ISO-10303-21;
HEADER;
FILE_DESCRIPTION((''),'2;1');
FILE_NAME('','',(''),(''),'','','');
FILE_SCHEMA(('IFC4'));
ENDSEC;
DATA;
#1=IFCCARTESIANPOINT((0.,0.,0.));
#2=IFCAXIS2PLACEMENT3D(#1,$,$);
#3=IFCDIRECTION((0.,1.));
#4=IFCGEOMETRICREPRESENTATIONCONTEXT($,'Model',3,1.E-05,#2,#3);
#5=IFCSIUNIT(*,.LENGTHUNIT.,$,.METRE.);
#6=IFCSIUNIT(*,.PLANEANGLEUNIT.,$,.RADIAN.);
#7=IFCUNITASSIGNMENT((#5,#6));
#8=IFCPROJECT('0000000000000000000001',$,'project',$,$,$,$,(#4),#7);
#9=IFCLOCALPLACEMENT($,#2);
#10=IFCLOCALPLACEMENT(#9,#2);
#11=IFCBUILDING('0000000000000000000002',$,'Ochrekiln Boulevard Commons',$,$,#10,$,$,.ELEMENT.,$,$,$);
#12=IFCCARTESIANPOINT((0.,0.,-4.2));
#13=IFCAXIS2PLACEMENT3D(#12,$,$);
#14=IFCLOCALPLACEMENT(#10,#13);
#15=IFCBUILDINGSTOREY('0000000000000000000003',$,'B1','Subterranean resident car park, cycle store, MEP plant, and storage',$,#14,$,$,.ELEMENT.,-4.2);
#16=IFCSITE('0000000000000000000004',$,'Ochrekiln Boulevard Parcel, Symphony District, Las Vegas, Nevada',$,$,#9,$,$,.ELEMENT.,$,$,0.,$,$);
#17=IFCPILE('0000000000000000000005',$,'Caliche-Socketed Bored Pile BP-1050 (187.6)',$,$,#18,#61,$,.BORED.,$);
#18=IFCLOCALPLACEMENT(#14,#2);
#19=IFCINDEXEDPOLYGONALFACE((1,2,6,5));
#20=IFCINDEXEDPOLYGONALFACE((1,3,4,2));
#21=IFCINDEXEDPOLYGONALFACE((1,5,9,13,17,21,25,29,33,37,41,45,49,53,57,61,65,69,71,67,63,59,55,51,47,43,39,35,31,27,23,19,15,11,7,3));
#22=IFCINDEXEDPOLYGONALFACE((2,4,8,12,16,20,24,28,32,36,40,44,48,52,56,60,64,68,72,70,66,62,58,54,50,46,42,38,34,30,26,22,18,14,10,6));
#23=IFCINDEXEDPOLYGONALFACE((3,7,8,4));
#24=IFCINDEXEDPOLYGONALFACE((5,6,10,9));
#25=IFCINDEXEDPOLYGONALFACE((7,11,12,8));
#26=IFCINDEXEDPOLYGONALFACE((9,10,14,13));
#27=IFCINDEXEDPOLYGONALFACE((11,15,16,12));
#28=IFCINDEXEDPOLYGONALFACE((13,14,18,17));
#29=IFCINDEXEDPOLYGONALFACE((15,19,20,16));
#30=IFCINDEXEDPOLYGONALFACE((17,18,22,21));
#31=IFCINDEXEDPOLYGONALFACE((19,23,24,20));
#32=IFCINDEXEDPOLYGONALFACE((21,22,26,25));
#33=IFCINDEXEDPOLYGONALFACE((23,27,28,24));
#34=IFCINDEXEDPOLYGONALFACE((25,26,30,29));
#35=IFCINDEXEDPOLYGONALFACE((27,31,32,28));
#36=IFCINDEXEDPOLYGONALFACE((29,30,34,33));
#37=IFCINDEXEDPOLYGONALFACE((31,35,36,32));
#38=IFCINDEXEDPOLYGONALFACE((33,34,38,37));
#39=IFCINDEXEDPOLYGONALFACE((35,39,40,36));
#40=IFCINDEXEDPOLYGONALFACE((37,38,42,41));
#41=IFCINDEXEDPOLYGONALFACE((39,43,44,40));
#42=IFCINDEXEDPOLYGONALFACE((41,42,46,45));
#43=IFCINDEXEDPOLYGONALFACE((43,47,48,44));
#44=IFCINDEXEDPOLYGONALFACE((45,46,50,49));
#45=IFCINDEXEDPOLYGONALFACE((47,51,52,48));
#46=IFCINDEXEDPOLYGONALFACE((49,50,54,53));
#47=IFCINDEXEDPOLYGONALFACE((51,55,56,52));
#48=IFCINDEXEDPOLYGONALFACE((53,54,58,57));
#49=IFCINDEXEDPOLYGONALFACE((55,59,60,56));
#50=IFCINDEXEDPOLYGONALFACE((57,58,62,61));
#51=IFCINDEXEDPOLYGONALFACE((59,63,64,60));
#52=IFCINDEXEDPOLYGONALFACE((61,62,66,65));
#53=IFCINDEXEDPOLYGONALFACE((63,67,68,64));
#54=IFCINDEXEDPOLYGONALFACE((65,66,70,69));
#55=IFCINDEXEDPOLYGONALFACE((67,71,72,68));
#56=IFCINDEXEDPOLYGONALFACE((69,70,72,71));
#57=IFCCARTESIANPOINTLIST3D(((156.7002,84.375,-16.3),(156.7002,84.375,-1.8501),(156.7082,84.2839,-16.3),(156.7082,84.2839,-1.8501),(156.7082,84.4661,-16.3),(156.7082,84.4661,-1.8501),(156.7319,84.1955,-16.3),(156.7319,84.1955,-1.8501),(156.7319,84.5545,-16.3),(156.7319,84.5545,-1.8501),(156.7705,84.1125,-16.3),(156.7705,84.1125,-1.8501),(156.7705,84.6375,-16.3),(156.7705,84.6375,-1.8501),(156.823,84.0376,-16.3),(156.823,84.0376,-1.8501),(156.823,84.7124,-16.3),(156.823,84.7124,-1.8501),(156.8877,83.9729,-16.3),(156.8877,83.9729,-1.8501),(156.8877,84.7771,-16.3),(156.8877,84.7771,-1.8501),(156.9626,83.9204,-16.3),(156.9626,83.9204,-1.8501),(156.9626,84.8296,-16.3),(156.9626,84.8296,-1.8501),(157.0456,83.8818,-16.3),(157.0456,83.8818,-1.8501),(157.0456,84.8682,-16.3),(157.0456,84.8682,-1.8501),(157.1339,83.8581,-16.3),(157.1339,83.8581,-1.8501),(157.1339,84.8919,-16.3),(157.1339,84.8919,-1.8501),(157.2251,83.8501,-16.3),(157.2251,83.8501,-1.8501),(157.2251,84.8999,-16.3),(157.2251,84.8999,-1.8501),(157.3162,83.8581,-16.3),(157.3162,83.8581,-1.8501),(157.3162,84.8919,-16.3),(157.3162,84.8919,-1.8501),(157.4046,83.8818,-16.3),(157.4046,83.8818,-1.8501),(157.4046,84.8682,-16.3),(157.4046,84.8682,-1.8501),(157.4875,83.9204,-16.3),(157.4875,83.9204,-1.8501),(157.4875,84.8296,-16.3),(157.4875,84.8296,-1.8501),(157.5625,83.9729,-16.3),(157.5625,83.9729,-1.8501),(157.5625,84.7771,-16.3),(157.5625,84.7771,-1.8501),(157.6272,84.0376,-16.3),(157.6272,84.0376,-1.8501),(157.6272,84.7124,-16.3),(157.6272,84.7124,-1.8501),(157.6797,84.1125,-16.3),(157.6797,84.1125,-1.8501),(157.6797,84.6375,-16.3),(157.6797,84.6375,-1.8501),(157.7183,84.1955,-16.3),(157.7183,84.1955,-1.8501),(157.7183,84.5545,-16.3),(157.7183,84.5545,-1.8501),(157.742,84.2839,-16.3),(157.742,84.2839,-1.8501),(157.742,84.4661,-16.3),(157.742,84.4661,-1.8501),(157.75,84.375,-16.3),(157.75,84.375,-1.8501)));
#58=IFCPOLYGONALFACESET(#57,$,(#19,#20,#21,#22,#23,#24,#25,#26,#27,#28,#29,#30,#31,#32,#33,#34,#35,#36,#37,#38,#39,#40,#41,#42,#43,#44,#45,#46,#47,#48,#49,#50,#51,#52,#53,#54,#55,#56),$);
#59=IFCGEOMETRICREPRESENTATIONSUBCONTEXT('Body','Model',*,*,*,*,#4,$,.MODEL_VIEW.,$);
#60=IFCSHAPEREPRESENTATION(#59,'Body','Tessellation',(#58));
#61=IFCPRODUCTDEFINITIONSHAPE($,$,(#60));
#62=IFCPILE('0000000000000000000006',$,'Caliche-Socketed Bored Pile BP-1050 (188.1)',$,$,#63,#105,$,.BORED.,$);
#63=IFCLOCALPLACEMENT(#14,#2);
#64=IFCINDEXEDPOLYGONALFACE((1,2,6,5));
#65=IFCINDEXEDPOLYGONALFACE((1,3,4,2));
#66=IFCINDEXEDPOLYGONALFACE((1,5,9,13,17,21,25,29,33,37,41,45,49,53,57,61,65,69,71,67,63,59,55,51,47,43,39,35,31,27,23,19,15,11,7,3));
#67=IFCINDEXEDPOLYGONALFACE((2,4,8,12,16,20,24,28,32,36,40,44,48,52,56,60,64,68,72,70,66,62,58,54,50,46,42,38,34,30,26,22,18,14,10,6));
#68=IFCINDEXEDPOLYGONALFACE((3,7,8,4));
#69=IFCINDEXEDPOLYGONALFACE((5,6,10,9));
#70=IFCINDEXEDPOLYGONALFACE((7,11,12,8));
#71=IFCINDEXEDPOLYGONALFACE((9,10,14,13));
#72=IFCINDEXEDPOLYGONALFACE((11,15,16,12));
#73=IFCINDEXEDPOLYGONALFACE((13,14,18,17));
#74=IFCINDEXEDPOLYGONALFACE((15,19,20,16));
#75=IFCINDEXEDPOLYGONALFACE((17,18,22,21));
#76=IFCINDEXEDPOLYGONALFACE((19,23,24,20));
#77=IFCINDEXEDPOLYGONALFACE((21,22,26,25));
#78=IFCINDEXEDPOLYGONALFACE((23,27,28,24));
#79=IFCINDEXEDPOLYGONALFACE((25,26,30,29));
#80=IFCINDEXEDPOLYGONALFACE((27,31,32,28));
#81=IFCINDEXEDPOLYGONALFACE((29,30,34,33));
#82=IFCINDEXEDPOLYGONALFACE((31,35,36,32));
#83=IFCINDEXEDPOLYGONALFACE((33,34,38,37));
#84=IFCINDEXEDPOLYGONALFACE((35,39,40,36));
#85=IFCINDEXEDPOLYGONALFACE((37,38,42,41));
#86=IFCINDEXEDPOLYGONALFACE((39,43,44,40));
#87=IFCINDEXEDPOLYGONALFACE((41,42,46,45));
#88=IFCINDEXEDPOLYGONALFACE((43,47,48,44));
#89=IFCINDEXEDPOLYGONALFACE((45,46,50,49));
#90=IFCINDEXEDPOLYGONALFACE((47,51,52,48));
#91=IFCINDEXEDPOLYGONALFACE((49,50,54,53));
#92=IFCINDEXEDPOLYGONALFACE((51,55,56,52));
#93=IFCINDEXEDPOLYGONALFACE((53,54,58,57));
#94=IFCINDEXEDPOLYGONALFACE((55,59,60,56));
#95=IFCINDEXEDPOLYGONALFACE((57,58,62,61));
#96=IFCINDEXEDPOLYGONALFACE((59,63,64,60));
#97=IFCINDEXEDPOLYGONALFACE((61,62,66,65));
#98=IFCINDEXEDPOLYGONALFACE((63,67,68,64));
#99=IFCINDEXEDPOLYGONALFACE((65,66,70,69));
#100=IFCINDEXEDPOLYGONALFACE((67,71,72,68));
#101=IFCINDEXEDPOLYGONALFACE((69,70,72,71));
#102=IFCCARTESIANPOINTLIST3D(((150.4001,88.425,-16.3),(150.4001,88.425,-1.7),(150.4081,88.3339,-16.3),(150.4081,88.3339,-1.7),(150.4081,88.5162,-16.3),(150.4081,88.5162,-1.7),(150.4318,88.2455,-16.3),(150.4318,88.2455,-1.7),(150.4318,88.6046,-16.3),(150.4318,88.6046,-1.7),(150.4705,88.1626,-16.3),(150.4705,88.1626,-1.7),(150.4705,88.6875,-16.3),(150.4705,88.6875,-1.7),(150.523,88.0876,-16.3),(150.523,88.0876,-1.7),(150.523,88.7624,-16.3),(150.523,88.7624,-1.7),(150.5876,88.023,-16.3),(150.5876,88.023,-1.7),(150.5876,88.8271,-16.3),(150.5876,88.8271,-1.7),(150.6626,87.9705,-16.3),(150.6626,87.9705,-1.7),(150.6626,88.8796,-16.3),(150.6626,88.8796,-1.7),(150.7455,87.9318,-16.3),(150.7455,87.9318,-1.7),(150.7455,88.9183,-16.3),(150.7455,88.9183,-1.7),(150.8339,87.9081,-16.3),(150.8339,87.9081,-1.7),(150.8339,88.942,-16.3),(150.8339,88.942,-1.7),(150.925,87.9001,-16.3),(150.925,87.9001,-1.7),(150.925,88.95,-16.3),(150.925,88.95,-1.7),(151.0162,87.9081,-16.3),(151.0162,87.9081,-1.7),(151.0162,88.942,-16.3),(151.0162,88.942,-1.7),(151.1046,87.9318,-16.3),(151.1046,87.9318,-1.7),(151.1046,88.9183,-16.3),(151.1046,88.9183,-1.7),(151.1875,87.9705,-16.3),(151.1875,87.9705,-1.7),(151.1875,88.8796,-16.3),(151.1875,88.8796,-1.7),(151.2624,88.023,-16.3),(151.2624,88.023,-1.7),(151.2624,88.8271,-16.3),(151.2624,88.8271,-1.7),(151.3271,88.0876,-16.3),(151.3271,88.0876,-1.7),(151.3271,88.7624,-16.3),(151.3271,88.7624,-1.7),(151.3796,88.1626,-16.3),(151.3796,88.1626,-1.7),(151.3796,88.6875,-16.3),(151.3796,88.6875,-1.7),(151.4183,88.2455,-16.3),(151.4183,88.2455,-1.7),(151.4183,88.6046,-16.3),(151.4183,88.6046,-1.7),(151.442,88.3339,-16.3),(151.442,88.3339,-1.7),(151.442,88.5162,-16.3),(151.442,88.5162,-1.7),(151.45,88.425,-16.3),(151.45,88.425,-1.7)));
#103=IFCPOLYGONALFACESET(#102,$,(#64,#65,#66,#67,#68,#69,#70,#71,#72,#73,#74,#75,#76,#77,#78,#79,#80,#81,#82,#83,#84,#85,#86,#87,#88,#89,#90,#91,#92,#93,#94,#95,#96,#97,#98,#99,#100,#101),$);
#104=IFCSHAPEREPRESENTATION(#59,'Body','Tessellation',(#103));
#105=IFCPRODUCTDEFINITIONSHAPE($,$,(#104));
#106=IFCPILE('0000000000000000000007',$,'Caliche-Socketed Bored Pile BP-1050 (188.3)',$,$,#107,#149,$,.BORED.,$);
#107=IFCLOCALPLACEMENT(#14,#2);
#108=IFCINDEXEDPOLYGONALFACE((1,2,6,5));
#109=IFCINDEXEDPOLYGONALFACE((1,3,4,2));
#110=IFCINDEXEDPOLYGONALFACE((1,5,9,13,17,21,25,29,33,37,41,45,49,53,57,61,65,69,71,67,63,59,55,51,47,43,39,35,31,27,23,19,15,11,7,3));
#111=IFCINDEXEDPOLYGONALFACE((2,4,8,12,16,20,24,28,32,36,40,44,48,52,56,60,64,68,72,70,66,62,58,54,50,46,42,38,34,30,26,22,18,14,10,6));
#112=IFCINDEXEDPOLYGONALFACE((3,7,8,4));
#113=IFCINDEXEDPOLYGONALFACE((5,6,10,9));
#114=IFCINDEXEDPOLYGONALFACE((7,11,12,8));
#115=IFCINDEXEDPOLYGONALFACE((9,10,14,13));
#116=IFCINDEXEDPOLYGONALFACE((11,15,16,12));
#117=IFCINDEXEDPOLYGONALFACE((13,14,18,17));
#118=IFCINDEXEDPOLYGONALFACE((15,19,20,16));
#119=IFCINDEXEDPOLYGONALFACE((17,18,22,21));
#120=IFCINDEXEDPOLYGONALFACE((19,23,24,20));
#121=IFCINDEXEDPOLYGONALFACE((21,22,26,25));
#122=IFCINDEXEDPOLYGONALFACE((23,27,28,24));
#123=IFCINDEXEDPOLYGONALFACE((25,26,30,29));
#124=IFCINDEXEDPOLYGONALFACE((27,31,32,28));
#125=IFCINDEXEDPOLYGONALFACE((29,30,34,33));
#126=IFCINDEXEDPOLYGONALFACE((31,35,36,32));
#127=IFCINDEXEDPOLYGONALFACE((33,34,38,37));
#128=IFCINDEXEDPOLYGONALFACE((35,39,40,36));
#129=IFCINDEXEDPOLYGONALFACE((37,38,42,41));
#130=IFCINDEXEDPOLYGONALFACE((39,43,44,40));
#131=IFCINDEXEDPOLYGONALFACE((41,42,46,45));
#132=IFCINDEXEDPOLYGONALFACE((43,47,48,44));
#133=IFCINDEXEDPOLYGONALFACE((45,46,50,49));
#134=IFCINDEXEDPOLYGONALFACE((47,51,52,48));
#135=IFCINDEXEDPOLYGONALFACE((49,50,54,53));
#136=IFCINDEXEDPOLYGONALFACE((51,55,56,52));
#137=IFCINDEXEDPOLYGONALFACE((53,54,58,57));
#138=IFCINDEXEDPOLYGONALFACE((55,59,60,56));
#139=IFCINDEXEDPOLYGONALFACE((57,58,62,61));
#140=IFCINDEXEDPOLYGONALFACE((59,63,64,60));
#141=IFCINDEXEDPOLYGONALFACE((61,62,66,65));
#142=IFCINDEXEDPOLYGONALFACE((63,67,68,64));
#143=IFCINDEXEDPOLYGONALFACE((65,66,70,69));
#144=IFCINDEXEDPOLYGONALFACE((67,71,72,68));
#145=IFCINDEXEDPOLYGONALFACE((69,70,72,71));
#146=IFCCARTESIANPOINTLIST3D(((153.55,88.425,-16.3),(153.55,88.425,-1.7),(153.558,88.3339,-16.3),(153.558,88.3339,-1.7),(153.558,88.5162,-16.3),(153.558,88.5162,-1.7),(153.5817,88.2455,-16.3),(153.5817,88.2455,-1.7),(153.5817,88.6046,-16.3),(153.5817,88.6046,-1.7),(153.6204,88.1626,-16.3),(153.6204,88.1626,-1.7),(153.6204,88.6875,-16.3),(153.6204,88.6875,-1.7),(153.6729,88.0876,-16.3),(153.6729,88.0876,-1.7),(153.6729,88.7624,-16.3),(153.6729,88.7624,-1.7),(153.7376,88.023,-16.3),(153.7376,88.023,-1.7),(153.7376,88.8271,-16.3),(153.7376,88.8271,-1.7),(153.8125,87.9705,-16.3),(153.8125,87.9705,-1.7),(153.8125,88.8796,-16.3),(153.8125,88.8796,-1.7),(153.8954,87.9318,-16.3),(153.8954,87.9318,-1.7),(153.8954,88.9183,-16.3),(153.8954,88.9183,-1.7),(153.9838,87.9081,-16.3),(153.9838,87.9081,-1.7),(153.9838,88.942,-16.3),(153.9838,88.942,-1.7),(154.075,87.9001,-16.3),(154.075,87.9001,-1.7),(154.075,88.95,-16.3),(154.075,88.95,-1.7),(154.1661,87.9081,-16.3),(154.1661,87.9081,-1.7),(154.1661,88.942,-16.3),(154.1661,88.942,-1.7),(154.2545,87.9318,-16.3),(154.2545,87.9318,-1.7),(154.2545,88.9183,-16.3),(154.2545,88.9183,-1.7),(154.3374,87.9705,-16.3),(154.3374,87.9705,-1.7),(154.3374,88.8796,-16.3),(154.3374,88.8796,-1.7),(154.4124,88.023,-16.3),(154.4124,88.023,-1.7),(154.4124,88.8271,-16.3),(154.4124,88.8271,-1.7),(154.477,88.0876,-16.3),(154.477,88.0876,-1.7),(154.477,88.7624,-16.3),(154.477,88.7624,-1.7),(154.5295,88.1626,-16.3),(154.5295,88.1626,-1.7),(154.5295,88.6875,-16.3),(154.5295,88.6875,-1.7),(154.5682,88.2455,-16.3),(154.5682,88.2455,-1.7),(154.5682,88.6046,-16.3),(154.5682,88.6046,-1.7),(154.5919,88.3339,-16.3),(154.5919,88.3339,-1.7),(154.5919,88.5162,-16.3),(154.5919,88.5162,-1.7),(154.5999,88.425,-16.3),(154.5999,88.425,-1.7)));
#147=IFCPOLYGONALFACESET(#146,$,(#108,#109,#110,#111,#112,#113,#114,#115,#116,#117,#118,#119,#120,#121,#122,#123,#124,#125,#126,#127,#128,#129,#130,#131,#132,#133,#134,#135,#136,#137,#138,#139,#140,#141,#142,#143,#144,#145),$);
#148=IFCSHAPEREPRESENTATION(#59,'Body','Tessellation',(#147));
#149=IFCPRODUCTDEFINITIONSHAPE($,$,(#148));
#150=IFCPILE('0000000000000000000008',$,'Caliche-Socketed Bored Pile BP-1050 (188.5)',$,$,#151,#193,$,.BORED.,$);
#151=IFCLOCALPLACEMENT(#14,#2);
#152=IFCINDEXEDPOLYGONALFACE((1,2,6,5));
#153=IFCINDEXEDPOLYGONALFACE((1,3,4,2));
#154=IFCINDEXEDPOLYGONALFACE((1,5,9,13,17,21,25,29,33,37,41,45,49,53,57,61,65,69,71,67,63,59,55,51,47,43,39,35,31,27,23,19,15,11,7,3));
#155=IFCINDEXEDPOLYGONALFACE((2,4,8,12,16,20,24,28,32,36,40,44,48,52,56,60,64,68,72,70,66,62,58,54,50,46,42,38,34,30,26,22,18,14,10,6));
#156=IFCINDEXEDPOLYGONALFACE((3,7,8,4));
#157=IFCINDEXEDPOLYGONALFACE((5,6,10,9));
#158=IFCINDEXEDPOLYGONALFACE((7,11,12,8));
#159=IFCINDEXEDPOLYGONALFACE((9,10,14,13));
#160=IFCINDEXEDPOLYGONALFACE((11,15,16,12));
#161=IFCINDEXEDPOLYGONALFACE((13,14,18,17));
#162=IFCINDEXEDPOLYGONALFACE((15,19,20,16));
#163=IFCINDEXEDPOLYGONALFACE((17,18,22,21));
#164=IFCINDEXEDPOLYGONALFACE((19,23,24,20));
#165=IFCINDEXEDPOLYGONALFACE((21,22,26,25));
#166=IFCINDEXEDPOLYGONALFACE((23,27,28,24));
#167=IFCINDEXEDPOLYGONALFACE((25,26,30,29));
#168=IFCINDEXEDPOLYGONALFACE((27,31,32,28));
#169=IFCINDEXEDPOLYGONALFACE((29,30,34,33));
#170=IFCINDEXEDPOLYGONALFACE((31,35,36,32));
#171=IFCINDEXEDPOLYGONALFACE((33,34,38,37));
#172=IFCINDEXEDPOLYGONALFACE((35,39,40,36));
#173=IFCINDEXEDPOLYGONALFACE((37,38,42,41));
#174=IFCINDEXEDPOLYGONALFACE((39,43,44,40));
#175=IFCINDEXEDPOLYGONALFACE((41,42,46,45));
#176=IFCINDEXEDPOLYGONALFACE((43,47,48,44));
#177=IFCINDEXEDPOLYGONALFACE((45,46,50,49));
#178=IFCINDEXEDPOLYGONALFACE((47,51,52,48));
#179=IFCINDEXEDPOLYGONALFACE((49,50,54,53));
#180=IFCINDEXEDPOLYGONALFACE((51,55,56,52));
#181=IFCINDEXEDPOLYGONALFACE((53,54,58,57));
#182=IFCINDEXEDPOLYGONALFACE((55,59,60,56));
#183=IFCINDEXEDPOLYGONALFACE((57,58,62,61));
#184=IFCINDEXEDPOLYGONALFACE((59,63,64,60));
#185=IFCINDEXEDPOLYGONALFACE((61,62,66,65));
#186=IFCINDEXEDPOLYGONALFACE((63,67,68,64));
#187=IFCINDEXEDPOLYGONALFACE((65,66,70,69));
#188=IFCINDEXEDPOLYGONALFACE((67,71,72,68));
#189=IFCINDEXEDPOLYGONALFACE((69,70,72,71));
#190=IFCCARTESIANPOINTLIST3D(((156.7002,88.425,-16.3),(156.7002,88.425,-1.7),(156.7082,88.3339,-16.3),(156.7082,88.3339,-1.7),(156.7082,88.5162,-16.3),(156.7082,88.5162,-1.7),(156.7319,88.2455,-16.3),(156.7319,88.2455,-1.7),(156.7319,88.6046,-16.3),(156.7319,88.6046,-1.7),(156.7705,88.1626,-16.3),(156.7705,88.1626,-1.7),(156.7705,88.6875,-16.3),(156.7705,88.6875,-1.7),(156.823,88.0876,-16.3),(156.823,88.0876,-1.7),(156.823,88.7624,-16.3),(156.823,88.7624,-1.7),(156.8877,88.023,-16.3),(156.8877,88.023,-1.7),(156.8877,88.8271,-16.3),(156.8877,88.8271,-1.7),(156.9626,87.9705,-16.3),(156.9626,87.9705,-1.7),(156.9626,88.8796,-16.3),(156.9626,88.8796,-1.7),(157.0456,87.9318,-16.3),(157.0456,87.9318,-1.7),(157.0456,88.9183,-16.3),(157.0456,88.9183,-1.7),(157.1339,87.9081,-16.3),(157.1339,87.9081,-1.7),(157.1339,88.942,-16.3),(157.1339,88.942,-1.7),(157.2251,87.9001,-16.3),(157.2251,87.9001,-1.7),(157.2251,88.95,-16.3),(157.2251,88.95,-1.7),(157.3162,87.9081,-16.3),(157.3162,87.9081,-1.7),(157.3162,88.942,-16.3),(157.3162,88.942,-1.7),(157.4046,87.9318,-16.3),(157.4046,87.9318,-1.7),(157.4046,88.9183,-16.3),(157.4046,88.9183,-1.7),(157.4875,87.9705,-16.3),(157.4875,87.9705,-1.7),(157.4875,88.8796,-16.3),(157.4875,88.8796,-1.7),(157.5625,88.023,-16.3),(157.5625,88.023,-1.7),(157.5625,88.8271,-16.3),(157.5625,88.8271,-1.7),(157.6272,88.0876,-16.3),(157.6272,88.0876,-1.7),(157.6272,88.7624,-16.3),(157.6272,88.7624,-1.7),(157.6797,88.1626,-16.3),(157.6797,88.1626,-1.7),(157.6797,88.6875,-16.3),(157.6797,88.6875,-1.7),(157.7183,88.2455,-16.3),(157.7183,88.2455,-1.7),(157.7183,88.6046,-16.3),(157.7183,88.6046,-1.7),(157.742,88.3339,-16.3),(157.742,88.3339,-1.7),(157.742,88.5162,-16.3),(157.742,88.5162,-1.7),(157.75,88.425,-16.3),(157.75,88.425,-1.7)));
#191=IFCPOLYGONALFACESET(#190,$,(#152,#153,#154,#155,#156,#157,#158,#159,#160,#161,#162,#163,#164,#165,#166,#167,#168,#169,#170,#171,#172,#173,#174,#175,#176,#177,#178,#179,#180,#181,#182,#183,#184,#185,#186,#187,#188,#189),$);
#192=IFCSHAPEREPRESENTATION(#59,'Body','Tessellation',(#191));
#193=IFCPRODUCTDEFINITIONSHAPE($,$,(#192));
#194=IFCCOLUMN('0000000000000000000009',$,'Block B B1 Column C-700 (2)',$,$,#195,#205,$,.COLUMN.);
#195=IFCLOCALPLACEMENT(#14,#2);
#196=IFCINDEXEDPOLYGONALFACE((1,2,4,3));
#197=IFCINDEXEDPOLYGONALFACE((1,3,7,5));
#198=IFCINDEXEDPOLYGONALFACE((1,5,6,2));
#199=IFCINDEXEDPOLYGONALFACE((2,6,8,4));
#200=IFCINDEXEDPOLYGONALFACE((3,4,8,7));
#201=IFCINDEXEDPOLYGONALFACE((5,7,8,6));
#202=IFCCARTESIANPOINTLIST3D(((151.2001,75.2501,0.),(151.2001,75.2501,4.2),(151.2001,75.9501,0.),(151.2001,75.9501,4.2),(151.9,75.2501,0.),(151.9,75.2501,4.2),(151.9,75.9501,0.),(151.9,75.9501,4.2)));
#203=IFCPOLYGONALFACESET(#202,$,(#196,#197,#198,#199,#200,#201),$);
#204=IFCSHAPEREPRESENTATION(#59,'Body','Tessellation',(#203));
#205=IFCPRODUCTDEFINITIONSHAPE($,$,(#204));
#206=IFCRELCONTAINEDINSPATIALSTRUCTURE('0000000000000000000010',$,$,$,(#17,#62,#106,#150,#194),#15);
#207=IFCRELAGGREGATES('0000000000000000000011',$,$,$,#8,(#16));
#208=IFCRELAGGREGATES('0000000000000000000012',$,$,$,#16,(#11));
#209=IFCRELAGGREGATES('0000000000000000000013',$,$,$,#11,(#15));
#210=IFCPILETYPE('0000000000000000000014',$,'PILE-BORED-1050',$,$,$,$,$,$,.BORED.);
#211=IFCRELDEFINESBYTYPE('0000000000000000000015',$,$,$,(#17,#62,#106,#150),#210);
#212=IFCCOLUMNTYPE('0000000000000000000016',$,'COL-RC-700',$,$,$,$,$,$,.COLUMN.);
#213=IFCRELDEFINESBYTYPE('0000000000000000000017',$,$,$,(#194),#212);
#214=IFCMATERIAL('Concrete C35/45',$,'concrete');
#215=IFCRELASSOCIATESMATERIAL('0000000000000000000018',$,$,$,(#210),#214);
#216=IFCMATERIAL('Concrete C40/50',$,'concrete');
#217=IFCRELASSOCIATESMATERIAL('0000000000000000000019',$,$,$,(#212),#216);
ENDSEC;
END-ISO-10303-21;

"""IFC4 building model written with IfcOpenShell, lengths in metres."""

from ifc_helpers import new_model, si_unit, direction, frame, origin, origin_2d, place, context, subcontext, project, spatial, rectangle, circle, extrude, material, material_profile, profile_set, type_object, element, save


model = new_model("IFC4")

# Units and contexts
model_context = context("Model", 3, precision=1e-05, world=origin(), true_north=direction((0.0, 1.0)))
body_context = subcontext(model_context, "Body", "Model", "MODEL_VIEW")
ifc_project = project(units=[si_unit("LENGTHUNIT", "METRE"), si_unit("PLANEANGLEUNIT", "RADIAN")], contexts=[model_context])

# Site, building, storey
site_placement = place(None, origin())
site = spatial("IfcSite", under=ifc_project, at=site_placement, Name="Ochrekiln Boulevard Parcel, Symphony District, Las Vegas, Nevada", CompositionType="ELEMENT", RefElevation=0.0)
building_placement = place(site_placement, origin())
building = spatial("IfcBuilding", under=site, at=building_placement, Name="Ochrekiln Boulevard Commons", CompositionType="ELEMENT")
storey_placement = place(building_placement, frame((0.0, 0.0, -4.2)))
storey = spatial("IfcBuildingStorey", under=building, at=storey_placement, Name="B1", Description="Subterranean resident car park, cycle store, MEP plant, and storage", CompositionType="ELEMENT", Elevation=-4.2)

# Shared definitions
ifc_material_1 = material(Name="Concrete C35/45", Category="concrete")

# Piles
ifc_material_profile_1 = material_profile(ifc_material_1, circle(Radius=0.5249, at=origin_2d()), Name="PILE-D1050")
ifc_profile_set_1 = profile_set([ifc_material_profile_1], Name="Concrete C35/45")
pile_type = type_object("IfcPileType", Name="PILE-BORED-1050", PredefinedType="BORED", material=ifc_profile_set_1)
for number, where, z_axis, x_axis, name in (
    (1, (157.2251, 84.375, -1.8501), (0.0, 0.0, -1.0), (1.0, 0.0, 0.0), "Caliche-Socketed Bored Pile BP-1050 (187.6)"),
):
    element("IfcPile", number, at=place(storey_placement, frame(where, z_axis=z_axis, x_axis=x_axis)), inside=storey, type_object=pile_type, Name=name, PredefinedType="BORED", context=body_context, shape_type="SweptSolid", body=[
        extrude(circle(Radius=0.5249, at=origin_2d()), origin(), (0.0, 0.0, 1.0), 14.45),
    ])
for number, where, z_axis, x_axis, name in (
    (2, (150.925, 88.425, -1.7), (0.0, 0.0, -1.0), (1.0, 0.0, 0.0), "Caliche-Socketed Bored Pile BP-1050 (188.1)"),
    (3, (154.075, 88.425, -1.7), (0.0, 0.0, -1.0), (1.0, 0.0, 0.0), "Caliche-Socketed Bored Pile BP-1050 (188.3)"),
    (4, (157.2251, 88.425, -1.7), (0.0, 0.0, -1.0), (1.0, 0.0, 0.0), "Caliche-Socketed Bored Pile BP-1050 (188.5)"),
):
    element("IfcPile", number, at=place(storey_placement, frame(where, z_axis=z_axis, x_axis=x_axis)), inside=storey, type_object=pile_type, Name=name, PredefinedType="BORED", context=body_context, shape_type="SweptSolid", body=[
        extrude(circle(Radius=0.5249, at=origin_2d()), origin(), (0.0, 0.0, 1.0), 14.6001),
    ])

# Column
ifc_material_2 = material(Name="Concrete C40/50", Category="concrete")
ifc_material_profile_2 = material_profile(ifc_material_2, rectangle(XDim=0.7, YDim=0.7, at=origin_2d()), Name="RC-COL-700x700")
ifc_profile_set_2 = profile_set([ifc_material_profile_2], Name="Concrete C40/50")
column_type_1 = type_object("IfcColumnType", Name="COL-RC-700", PredefinedType="COLUMN", material=ifc_profile_set_2)
for number, where, z_axis, x_axis, name in (
    (5, (151.55, 75.6001, 0.0), (0.0, 0.0, 1.0), (1.0, 0.0, 0.0), "Block B B1 Column C-700 (2)"),
):
    element("IfcColumn", number, at=place(storey_placement, frame(where, z_axis=z_axis, x_axis=x_axis)), inside=storey, type_object=column_type_1, Name=name, PredefinedType="COLUMN", context=body_context, shape_type="SweptSolid", body=[
        extrude(rectangle(XDim=0.7, YDim=0.7, at=origin_2d()), origin(), (0.0, 0.0, 1.0), 4.2),
    ])

save(model, "model.ifc")
